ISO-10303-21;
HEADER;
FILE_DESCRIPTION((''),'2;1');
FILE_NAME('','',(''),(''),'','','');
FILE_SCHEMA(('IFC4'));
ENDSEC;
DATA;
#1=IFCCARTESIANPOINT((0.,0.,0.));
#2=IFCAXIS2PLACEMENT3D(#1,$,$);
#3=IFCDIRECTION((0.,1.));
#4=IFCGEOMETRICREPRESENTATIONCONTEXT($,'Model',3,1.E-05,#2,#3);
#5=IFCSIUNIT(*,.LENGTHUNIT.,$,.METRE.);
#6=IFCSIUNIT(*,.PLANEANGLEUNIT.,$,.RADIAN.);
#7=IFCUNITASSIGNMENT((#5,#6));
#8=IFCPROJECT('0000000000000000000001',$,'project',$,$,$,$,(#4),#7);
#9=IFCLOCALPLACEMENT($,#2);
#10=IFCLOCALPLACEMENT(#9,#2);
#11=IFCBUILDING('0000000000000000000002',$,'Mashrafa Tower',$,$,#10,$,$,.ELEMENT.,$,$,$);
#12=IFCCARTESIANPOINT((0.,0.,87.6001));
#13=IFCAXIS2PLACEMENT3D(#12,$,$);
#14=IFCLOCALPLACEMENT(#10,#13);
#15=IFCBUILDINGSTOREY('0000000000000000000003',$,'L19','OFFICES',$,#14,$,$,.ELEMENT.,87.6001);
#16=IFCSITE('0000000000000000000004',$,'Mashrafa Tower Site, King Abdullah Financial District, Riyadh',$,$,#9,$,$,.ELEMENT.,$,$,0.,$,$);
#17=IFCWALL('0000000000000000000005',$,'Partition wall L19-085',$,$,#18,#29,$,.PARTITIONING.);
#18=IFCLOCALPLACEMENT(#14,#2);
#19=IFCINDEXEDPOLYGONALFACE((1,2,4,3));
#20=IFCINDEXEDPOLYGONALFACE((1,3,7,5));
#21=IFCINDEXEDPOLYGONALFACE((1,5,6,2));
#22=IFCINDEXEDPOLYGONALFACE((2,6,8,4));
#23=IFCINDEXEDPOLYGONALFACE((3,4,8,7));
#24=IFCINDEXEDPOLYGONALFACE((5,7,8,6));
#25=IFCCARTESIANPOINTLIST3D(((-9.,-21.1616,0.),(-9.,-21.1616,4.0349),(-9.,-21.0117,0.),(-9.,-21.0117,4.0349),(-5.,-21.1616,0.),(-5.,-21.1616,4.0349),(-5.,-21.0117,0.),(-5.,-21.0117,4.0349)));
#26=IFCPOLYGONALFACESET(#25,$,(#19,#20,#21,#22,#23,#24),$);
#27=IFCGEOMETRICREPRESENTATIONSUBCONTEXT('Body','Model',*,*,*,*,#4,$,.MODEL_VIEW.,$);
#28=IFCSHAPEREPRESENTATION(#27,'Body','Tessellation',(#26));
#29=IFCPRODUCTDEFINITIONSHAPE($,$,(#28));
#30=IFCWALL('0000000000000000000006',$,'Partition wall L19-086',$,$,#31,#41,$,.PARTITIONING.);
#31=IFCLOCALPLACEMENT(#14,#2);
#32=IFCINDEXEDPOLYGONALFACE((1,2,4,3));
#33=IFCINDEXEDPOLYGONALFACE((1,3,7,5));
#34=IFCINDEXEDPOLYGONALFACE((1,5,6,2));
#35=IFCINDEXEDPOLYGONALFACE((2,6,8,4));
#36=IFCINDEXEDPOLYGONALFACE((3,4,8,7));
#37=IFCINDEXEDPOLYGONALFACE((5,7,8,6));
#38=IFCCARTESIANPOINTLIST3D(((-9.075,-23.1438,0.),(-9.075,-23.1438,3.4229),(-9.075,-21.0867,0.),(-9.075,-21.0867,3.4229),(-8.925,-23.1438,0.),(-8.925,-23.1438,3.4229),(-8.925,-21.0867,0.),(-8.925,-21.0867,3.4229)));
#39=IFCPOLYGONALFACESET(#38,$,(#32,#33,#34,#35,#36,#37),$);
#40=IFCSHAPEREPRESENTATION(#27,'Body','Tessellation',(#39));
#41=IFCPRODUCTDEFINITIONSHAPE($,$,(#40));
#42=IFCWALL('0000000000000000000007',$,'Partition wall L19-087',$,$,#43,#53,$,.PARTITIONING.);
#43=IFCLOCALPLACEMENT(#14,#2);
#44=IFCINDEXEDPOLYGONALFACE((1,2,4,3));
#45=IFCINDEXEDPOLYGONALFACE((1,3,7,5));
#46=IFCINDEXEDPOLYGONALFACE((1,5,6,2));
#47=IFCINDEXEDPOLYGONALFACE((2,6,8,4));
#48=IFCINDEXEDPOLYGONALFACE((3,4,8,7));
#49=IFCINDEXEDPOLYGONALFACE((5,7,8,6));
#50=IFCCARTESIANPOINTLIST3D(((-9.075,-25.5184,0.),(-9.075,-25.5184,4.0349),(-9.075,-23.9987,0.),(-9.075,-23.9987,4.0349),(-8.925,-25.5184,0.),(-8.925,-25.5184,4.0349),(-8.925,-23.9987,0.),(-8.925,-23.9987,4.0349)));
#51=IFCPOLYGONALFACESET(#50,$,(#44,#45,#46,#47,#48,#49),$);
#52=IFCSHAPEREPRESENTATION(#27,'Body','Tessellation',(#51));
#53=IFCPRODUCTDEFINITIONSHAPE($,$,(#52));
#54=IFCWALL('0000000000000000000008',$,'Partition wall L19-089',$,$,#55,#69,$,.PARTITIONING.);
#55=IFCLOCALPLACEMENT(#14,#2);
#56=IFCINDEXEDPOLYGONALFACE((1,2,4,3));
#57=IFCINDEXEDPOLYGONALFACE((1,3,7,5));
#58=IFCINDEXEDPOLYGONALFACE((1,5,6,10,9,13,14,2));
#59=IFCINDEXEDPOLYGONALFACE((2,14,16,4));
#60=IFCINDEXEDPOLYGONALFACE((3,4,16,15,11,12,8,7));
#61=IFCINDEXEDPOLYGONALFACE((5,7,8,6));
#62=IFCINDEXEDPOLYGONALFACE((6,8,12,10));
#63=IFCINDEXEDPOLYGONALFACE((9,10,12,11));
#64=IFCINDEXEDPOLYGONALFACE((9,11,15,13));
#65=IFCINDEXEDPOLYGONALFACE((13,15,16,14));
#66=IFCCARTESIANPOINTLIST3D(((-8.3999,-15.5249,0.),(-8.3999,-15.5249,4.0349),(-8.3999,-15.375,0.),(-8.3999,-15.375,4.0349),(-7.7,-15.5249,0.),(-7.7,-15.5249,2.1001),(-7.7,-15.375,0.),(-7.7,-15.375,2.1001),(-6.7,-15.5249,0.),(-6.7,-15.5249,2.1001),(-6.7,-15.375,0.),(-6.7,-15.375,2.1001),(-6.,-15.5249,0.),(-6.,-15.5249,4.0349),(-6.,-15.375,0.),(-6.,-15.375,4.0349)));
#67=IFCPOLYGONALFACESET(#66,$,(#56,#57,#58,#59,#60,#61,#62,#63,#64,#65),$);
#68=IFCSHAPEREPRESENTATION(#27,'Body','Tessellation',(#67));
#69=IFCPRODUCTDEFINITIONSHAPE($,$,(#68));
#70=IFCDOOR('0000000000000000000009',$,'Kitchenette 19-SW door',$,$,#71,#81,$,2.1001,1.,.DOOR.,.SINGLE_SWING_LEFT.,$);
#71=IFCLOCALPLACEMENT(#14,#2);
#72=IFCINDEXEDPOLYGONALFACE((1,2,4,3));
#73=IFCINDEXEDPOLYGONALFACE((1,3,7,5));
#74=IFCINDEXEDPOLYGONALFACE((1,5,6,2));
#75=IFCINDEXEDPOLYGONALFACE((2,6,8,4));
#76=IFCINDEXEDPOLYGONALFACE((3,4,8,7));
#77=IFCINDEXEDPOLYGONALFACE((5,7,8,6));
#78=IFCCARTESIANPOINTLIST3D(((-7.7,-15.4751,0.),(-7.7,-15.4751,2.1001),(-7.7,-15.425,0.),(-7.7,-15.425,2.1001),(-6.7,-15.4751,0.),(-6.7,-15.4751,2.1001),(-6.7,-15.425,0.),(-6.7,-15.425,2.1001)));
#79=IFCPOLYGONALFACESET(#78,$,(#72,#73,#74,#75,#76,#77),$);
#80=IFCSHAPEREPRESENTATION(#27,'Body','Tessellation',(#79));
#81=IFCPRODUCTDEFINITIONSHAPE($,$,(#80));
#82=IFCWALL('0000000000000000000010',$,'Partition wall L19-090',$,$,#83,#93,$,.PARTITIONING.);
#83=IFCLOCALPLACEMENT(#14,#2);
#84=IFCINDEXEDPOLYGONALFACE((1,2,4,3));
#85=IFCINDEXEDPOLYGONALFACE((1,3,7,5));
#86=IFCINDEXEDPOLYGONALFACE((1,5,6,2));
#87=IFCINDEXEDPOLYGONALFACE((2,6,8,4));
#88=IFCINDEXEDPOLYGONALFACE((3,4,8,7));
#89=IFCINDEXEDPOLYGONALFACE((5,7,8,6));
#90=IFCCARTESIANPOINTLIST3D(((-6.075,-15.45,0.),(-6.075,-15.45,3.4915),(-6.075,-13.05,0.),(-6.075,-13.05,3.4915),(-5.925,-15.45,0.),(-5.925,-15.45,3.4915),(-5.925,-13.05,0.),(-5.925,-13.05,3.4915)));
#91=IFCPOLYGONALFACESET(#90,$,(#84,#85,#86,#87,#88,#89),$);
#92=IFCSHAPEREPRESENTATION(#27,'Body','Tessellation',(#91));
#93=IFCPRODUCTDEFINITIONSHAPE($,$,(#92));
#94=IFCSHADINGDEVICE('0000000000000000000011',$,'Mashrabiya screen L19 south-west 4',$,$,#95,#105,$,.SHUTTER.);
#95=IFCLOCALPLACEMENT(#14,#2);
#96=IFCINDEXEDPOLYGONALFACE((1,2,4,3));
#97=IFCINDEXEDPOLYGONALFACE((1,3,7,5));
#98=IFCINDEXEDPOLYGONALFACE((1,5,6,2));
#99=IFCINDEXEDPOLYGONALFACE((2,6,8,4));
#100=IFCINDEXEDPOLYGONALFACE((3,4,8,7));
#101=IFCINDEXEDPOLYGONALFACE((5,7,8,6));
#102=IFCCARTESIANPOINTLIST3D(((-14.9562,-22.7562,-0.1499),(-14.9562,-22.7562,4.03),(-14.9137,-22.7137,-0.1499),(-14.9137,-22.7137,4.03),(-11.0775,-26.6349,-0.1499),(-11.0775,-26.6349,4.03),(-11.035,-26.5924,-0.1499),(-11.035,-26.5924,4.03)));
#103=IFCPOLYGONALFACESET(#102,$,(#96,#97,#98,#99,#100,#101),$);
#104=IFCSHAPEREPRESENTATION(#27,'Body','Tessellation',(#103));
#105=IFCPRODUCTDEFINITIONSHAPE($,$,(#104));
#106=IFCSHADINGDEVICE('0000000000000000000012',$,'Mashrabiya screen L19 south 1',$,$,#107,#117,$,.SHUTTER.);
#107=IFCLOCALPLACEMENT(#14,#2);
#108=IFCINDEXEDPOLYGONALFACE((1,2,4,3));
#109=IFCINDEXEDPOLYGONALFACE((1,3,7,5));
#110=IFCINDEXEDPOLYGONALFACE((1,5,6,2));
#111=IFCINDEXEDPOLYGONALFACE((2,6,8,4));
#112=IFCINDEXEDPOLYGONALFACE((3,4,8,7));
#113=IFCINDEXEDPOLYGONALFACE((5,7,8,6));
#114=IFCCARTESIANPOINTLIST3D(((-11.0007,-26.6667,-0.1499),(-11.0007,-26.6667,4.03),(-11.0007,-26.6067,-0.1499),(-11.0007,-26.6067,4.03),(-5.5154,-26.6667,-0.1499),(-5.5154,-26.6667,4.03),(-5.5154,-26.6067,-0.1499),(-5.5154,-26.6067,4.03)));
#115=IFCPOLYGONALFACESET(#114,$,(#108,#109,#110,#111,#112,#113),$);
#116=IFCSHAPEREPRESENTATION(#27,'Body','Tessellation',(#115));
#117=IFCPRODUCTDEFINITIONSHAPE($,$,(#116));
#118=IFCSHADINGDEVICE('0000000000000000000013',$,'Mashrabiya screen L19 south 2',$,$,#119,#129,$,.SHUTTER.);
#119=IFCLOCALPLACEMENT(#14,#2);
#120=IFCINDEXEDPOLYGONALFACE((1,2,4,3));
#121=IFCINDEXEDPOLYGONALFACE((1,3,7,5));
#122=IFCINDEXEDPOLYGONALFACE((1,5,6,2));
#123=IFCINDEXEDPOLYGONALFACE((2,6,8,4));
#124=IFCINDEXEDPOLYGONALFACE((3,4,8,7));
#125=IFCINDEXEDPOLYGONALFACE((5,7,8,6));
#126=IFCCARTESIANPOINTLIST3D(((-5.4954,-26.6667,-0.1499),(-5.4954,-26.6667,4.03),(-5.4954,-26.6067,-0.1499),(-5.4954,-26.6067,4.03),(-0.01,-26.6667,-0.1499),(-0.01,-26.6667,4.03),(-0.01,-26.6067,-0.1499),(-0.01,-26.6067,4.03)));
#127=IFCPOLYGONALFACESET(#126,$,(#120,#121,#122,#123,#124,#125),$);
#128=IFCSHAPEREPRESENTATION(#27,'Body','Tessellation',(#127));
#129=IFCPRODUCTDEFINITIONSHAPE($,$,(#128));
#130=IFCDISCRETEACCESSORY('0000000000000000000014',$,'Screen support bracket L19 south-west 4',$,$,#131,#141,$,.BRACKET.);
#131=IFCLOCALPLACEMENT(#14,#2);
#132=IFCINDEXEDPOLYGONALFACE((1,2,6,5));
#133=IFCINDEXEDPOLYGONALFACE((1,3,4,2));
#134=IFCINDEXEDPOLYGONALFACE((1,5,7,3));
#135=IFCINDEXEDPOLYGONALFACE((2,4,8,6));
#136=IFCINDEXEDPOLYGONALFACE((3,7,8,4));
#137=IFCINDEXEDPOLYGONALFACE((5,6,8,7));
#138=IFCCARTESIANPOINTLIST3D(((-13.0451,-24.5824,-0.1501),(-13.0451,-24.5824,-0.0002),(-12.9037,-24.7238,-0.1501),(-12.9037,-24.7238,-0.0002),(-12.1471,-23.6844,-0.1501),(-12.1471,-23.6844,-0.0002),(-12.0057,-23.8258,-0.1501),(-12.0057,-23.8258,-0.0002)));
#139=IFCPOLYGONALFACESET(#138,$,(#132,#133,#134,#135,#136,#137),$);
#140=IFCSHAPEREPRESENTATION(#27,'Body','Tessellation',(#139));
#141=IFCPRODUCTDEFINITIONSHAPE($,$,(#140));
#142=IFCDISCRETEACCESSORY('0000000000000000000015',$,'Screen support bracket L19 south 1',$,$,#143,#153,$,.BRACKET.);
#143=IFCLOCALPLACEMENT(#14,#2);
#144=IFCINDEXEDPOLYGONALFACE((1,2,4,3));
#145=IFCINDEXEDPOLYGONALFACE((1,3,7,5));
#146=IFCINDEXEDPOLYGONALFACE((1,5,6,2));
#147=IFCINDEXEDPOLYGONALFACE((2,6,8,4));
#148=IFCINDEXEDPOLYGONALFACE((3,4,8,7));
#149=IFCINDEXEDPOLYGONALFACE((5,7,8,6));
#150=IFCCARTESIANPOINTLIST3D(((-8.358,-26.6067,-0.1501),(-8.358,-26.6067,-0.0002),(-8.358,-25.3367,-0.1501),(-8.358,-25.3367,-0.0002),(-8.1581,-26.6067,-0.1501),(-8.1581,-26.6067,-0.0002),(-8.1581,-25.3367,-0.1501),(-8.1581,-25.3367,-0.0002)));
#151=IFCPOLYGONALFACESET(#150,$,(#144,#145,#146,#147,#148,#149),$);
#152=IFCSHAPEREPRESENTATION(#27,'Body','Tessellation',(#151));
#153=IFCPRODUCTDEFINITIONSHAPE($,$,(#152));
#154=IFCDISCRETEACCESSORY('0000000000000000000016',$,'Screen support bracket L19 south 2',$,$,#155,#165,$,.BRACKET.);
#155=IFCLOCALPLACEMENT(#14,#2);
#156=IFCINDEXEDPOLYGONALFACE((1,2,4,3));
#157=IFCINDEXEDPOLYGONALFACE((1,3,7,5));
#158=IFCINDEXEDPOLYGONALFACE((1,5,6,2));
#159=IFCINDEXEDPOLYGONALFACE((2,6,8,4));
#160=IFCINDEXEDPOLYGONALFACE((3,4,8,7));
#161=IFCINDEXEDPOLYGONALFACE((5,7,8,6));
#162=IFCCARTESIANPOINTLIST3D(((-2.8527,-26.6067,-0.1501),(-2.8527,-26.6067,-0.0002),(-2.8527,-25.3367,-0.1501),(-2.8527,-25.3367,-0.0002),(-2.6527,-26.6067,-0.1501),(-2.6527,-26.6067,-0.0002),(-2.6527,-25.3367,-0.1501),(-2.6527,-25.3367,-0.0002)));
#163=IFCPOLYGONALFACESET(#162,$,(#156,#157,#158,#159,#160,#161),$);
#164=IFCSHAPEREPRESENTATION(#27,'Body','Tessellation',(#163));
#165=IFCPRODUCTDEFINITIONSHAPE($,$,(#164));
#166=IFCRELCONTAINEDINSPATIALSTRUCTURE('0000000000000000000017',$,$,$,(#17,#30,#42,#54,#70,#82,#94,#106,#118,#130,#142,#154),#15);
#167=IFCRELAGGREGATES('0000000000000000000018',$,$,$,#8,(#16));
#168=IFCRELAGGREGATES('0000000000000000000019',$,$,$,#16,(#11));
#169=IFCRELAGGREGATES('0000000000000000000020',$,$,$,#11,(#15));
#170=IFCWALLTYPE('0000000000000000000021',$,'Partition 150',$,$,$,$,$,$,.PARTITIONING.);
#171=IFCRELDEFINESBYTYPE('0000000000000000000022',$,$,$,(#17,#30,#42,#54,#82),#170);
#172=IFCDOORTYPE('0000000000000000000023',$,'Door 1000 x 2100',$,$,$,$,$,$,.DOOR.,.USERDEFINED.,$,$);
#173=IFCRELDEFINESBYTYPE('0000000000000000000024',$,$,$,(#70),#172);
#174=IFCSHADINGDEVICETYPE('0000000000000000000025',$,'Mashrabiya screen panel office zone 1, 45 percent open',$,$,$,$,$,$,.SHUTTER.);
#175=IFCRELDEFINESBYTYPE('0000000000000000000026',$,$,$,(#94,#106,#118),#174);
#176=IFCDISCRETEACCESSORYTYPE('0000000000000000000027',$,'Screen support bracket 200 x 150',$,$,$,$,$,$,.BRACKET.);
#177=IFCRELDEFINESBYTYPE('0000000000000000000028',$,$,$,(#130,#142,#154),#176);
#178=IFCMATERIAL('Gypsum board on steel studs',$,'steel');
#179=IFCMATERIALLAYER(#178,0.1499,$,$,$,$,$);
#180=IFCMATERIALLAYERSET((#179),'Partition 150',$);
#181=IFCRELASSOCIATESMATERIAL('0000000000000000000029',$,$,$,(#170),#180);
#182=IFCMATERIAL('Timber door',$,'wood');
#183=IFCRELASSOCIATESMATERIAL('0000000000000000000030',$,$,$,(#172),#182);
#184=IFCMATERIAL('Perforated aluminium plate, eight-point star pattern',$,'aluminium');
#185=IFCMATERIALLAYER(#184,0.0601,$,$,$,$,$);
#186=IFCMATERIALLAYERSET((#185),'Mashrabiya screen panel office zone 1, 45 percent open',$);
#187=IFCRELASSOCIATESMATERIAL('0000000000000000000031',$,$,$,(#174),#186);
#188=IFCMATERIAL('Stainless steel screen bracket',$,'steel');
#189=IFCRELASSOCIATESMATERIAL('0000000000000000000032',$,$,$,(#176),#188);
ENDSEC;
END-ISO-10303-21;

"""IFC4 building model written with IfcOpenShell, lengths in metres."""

from ifc_helpers import new_model, si_unit, direction, frame, frame_2d, origin, origin_2d, place, context, subcontext, project, spatial, rectangle, extrude, source, transform, mapped, material, layer, layer_set, type_object, type_shapes, element, fill, save


model = new_model("IFC4")

# Units and contexts
model_context = context("Model", 3, precision=1e-05, world=origin(), true_north=direction((0.0, 1.0)))
body_context = subcontext(model_context, "Body", "Model", "MODEL_VIEW")
ifc_project = project(units=[si_unit("LENGTHUNIT", "METRE"), si_unit("PLANEANGLEUNIT", "RADIAN")], contexts=[model_context])

# Site, building, storey
site_placement = place(None, origin())
site = spatial("IfcSite", under=ifc_project, at=site_placement, Name="Mashrafa Tower Site, King Abdullah Financial District, Riyadh", CompositionType="ELEMENT", RefElevation=0.0)
building_placement = place(site_placement, origin())
building = spatial("IfcBuilding", under=site, at=building_placement, Name="Mashrafa Tower", CompositionType="ELEMENT")
storey_placement = place(building_placement, frame((0.0, 0.0, 87.6001)))
storey = spatial("IfcBuildingStorey", under=building, at=storey_placement, Name="L19", Description="OFFICES", CompositionType="ELEMENT", Elevation=87.6001)

# Shared definitions
ifc_material_1 = material(Name="Gypsum board on steel studs", Category="steel")
ifc_layer_1 = layer(ifc_material_1, 0.1499)
ifc_layer_set_1 = layer_set([ifc_layer_1], Name="Partition 150")
wall_type = type_object("IfcWallType", Name="Partition 150", PredefinedType="PARTITIONING", material=ifc_layer_set_1)
ifc_material_2 = material(Name="Timber door", Category="wood")
door_type = type_object("IfcDoorType", Name="Door 1000 x 2100", OperationType="USERDEFINED", PredefinedType="DOOR", material=ifc_material_2)

# Walls
wall_1_placement = place(storey_placement, frame((-5.0, -21.0867, 0.0), z_axis=(0.0, 0.0, 1.0), x_axis=(-1.0, 0.0, 0.0)))
element("IfcWall", 1, at=wall_1_placement, inside=storey, type_object=wall_type, Name="Partition wall L19-085", PredefinedType="PARTITIONING", context=body_context, shape_type="SweptSolid", body=[
    extrude(rectangle(XDim=4.0, YDim=0.1499, at=frame_2d((2.0, 0.0))), origin(), (0.0, 0.0, 1.0), 4.0349),
])
wall_2_placement = place(storey_placement, frame((-9.0, -21.0867, 0.0), z_axis=(0.0, 0.0, 1.0), x_axis=(0.0, -1.0, 0.0)))
element("IfcWall", 2, at=wall_2_placement, inside=storey, type_object=wall_type, Name="Partition wall L19-086", PredefinedType="PARTITIONING", context=body_context, shape_type="SweptSolid", body=[
    extrude(rectangle(XDim=2.0571, YDim=0.1499, at=frame_2d((1.0286, 0.0))), origin(), (0.0, 0.0, 1.0), 3.4229),
])
wall_3_placement = place(storey_placement, frame((-9.0, -23.9988, 0.0), z_axis=(0.0, 0.0, 1.0), x_axis=(0.0, -1.0, 0.0)))
element("IfcWall", 3, at=wall_3_placement, inside=storey, type_object=wall_type, Name="Partition wall L19-087", PredefinedType="PARTITIONING", context=body_context, shape_type="SweptSolid", body=[
    extrude(rectangle(XDim=1.5198, YDim=0.1499, at=frame_2d((0.7598, 0.0))), origin(), (0.0, 0.0, 1.0), 4.0349),
])

# Wall, opening, door
wall_4_placement = place(storey_placement, frame((-8.3999, -15.45, 0.0), z_axis=(0.0, 0.0, 1.0), x_axis=(1.0, 0.0, 0.0)))
wall_4 = element("IfcWall", 4, at=wall_4_placement, inside=storey, type_object=wall_type, Name="Partition wall L19-089", PredefinedType="PARTITIONING", context=body_context, shape_type="SweptSolid", body=[
    extrude(rectangle(XDim=2.3999, YDim=0.1499, at=frame_2d((1.2, 0.0))), origin(), (0.0, 0.0, 1.0), 4.0349),
])
opening_1_placement = place(wall_4_placement, frame((0.7, 0.0, 0.0)))
opening_1 = element("IfcOpeningElement", 5, at=opening_1_placement, cuts=wall_4, PredefinedType="OPENING", context=body_context, shape_type="SweptSolid", body=[
    extrude(rectangle(XDim=1.0, YDim=2.1001, at=frame_2d((0.5, 1.05))), frame((0.0, 0.085, 0.0), z_axis=(0.0, -1.0, 0.0), x_axis=(1.0, 0.0, 0.0)), (0.0, 0.0, 1.0), 0.1699),
])
door_1_placement = place(opening_1_placement, origin())
door_1 = element("IfcDoor", 6, at=door_1_placement, inside=storey, type_object=door_type, Name="Kitchenette 19-SW door", OperationType="SINGLE_SWING_LEFT", OverallHeight=2.1001, OverallWidth=1.0, PredefinedType="DOOR", context=body_context, shape_type="SweptSolid", body=[
    extrude(rectangle(XDim=1.0, YDim=2.1001, at=frame_2d((0.5, 1.05))), frame((0.0, 0.0249, 0.0), z_axis=(0.0, -1.0, 0.0), x_axis=(1.0, 0.0, 0.0)), (0.0, 0.0, 1.0), 0.05),
])
fill(opening_1, door_1)

# Wall
wall_5_placement = place(storey_placement, frame((-6.0, -15.45, 0.0), z_axis=(0.0, 0.0, 1.0), x_axis=(0.0, 1.0, 0.0)))
element("IfcWall", 7, at=wall_5_placement, inside=storey, type_object=wall_type, Name="Partition wall L19-090", PredefinedType="PARTITIONING", context=body_context, shape_type="SweptSolid", body=[
    extrude(rectangle(XDim=2.3999, YDim=0.1499, at=frame_2d((1.2, 0.0))), origin(), (0.0, 0.0, 1.0), 3.4915),
])

# Shading devices
ifc_material_3 = material(Name="Perforated aluminium plate, eight-point star pattern", Category="aluminium")
ifc_layer_2 = layer(ifc_material_3, 0.0601)
ifc_layer_set_2 = layer_set([ifc_layer_2], Name="Mashrabiya screen panel office zone 1, 45 percent open")
shading_device_type = type_object("IfcShadingDeviceType", Name="Mashrabiya screen panel office zone 1, 45 percent open", PredefinedType="SHUTTER", material=ifc_layer_set_2)
shared_shape_1 = source(origin(), body_context, "Body", "SweptSolid", [
    extrude(rectangle(XDim=5.4854, YDim=0.0601, at=origin_2d()), origin(), (0.0, 0.0, 1.0), 4.1799),
])
type_shapes(shading_device_type, [shared_shape_1])
for number, where, z_axis, x_axis, name in (
    (8, (-12.9956, -24.6743, -0.1499), (0.0, 0.0, 1.0), (0.707107, -0.707107, 0.0), "Mashrabiya screen L19 south-west 4"),
    (9, (-8.2581, -26.6367, -0.1499), (0.0, 0.0, 1.0), (1.0, 0.0, 0.0), "Mashrabiya screen L19 south 1"),
    (10, (-2.7527, -26.6367, -0.1499), (0.0, 0.0, 1.0), (1.0, 0.0, 0.0), "Mashrabiya screen L19 south 2"),
):
    element("IfcShadingDevice", number, at=place(storey_placement, frame(where, z_axis=z_axis, x_axis=x_axis)), inside=storey, type_object=shading_device_type, Name=name, PredefinedType="SHUTTER", context=body_context, shape_type="MappedRepresentation", body=[
        mapped(shared_shape_1, transform((0.0, 0.0, 0.0))),
    ])

# Discrete accessories
ifc_material_4 = material(Name="Stainless steel screen bracket", Category="steel")
discrete_accessory_type = type_object("IfcDiscreteAccessoryType", Name="Screen support bracket 200 x 150", PredefinedType="BRACKET", material=ifc_material_4)
shared_shape_2 = source(origin(), body_context, "Body", "SweptSolid", [
    extrude(rectangle(XDim=0.2, YDim=1.27, at=origin_2d()), origin(), (0.0, 0.0, 1.0), 0.1499),
])
type_shapes(discrete_accessory_type, [shared_shape_2])
for number, where, z_axis, x_axis, name in (
    (11, (-12.5254, -24.2041, -0.1501), (0.0, 0.0, 1.0), (0.707107, -0.707107, 0.0), "Screen support bracket L19 south-west 4"),
    (12, (-8.2581, -25.9717, -0.1501), (0.0, 0.0, 1.0), (1.0, 0.0, 0.0), "Screen support bracket L19 south 1"),
    (13, (-2.7527, -25.9717, -0.1501), (0.0, 0.0, 1.0), (1.0, 0.0, 0.0), "Screen support bracket L19 south 2"),
):
    element("IfcDiscreteAccessory", number, at=place(storey_placement, frame(where, z_axis=z_axis, x_axis=x_axis)), inside=storey, type_object=discrete_accessory_type, Name=name, PredefinedType="BRACKET", context=body_context, shape_type="MappedRepresentation", body=[
        mapped(shared_shape_2, transform((0.0, 0.0, 0.0))),
    ])

save(model, "model.ifc")
